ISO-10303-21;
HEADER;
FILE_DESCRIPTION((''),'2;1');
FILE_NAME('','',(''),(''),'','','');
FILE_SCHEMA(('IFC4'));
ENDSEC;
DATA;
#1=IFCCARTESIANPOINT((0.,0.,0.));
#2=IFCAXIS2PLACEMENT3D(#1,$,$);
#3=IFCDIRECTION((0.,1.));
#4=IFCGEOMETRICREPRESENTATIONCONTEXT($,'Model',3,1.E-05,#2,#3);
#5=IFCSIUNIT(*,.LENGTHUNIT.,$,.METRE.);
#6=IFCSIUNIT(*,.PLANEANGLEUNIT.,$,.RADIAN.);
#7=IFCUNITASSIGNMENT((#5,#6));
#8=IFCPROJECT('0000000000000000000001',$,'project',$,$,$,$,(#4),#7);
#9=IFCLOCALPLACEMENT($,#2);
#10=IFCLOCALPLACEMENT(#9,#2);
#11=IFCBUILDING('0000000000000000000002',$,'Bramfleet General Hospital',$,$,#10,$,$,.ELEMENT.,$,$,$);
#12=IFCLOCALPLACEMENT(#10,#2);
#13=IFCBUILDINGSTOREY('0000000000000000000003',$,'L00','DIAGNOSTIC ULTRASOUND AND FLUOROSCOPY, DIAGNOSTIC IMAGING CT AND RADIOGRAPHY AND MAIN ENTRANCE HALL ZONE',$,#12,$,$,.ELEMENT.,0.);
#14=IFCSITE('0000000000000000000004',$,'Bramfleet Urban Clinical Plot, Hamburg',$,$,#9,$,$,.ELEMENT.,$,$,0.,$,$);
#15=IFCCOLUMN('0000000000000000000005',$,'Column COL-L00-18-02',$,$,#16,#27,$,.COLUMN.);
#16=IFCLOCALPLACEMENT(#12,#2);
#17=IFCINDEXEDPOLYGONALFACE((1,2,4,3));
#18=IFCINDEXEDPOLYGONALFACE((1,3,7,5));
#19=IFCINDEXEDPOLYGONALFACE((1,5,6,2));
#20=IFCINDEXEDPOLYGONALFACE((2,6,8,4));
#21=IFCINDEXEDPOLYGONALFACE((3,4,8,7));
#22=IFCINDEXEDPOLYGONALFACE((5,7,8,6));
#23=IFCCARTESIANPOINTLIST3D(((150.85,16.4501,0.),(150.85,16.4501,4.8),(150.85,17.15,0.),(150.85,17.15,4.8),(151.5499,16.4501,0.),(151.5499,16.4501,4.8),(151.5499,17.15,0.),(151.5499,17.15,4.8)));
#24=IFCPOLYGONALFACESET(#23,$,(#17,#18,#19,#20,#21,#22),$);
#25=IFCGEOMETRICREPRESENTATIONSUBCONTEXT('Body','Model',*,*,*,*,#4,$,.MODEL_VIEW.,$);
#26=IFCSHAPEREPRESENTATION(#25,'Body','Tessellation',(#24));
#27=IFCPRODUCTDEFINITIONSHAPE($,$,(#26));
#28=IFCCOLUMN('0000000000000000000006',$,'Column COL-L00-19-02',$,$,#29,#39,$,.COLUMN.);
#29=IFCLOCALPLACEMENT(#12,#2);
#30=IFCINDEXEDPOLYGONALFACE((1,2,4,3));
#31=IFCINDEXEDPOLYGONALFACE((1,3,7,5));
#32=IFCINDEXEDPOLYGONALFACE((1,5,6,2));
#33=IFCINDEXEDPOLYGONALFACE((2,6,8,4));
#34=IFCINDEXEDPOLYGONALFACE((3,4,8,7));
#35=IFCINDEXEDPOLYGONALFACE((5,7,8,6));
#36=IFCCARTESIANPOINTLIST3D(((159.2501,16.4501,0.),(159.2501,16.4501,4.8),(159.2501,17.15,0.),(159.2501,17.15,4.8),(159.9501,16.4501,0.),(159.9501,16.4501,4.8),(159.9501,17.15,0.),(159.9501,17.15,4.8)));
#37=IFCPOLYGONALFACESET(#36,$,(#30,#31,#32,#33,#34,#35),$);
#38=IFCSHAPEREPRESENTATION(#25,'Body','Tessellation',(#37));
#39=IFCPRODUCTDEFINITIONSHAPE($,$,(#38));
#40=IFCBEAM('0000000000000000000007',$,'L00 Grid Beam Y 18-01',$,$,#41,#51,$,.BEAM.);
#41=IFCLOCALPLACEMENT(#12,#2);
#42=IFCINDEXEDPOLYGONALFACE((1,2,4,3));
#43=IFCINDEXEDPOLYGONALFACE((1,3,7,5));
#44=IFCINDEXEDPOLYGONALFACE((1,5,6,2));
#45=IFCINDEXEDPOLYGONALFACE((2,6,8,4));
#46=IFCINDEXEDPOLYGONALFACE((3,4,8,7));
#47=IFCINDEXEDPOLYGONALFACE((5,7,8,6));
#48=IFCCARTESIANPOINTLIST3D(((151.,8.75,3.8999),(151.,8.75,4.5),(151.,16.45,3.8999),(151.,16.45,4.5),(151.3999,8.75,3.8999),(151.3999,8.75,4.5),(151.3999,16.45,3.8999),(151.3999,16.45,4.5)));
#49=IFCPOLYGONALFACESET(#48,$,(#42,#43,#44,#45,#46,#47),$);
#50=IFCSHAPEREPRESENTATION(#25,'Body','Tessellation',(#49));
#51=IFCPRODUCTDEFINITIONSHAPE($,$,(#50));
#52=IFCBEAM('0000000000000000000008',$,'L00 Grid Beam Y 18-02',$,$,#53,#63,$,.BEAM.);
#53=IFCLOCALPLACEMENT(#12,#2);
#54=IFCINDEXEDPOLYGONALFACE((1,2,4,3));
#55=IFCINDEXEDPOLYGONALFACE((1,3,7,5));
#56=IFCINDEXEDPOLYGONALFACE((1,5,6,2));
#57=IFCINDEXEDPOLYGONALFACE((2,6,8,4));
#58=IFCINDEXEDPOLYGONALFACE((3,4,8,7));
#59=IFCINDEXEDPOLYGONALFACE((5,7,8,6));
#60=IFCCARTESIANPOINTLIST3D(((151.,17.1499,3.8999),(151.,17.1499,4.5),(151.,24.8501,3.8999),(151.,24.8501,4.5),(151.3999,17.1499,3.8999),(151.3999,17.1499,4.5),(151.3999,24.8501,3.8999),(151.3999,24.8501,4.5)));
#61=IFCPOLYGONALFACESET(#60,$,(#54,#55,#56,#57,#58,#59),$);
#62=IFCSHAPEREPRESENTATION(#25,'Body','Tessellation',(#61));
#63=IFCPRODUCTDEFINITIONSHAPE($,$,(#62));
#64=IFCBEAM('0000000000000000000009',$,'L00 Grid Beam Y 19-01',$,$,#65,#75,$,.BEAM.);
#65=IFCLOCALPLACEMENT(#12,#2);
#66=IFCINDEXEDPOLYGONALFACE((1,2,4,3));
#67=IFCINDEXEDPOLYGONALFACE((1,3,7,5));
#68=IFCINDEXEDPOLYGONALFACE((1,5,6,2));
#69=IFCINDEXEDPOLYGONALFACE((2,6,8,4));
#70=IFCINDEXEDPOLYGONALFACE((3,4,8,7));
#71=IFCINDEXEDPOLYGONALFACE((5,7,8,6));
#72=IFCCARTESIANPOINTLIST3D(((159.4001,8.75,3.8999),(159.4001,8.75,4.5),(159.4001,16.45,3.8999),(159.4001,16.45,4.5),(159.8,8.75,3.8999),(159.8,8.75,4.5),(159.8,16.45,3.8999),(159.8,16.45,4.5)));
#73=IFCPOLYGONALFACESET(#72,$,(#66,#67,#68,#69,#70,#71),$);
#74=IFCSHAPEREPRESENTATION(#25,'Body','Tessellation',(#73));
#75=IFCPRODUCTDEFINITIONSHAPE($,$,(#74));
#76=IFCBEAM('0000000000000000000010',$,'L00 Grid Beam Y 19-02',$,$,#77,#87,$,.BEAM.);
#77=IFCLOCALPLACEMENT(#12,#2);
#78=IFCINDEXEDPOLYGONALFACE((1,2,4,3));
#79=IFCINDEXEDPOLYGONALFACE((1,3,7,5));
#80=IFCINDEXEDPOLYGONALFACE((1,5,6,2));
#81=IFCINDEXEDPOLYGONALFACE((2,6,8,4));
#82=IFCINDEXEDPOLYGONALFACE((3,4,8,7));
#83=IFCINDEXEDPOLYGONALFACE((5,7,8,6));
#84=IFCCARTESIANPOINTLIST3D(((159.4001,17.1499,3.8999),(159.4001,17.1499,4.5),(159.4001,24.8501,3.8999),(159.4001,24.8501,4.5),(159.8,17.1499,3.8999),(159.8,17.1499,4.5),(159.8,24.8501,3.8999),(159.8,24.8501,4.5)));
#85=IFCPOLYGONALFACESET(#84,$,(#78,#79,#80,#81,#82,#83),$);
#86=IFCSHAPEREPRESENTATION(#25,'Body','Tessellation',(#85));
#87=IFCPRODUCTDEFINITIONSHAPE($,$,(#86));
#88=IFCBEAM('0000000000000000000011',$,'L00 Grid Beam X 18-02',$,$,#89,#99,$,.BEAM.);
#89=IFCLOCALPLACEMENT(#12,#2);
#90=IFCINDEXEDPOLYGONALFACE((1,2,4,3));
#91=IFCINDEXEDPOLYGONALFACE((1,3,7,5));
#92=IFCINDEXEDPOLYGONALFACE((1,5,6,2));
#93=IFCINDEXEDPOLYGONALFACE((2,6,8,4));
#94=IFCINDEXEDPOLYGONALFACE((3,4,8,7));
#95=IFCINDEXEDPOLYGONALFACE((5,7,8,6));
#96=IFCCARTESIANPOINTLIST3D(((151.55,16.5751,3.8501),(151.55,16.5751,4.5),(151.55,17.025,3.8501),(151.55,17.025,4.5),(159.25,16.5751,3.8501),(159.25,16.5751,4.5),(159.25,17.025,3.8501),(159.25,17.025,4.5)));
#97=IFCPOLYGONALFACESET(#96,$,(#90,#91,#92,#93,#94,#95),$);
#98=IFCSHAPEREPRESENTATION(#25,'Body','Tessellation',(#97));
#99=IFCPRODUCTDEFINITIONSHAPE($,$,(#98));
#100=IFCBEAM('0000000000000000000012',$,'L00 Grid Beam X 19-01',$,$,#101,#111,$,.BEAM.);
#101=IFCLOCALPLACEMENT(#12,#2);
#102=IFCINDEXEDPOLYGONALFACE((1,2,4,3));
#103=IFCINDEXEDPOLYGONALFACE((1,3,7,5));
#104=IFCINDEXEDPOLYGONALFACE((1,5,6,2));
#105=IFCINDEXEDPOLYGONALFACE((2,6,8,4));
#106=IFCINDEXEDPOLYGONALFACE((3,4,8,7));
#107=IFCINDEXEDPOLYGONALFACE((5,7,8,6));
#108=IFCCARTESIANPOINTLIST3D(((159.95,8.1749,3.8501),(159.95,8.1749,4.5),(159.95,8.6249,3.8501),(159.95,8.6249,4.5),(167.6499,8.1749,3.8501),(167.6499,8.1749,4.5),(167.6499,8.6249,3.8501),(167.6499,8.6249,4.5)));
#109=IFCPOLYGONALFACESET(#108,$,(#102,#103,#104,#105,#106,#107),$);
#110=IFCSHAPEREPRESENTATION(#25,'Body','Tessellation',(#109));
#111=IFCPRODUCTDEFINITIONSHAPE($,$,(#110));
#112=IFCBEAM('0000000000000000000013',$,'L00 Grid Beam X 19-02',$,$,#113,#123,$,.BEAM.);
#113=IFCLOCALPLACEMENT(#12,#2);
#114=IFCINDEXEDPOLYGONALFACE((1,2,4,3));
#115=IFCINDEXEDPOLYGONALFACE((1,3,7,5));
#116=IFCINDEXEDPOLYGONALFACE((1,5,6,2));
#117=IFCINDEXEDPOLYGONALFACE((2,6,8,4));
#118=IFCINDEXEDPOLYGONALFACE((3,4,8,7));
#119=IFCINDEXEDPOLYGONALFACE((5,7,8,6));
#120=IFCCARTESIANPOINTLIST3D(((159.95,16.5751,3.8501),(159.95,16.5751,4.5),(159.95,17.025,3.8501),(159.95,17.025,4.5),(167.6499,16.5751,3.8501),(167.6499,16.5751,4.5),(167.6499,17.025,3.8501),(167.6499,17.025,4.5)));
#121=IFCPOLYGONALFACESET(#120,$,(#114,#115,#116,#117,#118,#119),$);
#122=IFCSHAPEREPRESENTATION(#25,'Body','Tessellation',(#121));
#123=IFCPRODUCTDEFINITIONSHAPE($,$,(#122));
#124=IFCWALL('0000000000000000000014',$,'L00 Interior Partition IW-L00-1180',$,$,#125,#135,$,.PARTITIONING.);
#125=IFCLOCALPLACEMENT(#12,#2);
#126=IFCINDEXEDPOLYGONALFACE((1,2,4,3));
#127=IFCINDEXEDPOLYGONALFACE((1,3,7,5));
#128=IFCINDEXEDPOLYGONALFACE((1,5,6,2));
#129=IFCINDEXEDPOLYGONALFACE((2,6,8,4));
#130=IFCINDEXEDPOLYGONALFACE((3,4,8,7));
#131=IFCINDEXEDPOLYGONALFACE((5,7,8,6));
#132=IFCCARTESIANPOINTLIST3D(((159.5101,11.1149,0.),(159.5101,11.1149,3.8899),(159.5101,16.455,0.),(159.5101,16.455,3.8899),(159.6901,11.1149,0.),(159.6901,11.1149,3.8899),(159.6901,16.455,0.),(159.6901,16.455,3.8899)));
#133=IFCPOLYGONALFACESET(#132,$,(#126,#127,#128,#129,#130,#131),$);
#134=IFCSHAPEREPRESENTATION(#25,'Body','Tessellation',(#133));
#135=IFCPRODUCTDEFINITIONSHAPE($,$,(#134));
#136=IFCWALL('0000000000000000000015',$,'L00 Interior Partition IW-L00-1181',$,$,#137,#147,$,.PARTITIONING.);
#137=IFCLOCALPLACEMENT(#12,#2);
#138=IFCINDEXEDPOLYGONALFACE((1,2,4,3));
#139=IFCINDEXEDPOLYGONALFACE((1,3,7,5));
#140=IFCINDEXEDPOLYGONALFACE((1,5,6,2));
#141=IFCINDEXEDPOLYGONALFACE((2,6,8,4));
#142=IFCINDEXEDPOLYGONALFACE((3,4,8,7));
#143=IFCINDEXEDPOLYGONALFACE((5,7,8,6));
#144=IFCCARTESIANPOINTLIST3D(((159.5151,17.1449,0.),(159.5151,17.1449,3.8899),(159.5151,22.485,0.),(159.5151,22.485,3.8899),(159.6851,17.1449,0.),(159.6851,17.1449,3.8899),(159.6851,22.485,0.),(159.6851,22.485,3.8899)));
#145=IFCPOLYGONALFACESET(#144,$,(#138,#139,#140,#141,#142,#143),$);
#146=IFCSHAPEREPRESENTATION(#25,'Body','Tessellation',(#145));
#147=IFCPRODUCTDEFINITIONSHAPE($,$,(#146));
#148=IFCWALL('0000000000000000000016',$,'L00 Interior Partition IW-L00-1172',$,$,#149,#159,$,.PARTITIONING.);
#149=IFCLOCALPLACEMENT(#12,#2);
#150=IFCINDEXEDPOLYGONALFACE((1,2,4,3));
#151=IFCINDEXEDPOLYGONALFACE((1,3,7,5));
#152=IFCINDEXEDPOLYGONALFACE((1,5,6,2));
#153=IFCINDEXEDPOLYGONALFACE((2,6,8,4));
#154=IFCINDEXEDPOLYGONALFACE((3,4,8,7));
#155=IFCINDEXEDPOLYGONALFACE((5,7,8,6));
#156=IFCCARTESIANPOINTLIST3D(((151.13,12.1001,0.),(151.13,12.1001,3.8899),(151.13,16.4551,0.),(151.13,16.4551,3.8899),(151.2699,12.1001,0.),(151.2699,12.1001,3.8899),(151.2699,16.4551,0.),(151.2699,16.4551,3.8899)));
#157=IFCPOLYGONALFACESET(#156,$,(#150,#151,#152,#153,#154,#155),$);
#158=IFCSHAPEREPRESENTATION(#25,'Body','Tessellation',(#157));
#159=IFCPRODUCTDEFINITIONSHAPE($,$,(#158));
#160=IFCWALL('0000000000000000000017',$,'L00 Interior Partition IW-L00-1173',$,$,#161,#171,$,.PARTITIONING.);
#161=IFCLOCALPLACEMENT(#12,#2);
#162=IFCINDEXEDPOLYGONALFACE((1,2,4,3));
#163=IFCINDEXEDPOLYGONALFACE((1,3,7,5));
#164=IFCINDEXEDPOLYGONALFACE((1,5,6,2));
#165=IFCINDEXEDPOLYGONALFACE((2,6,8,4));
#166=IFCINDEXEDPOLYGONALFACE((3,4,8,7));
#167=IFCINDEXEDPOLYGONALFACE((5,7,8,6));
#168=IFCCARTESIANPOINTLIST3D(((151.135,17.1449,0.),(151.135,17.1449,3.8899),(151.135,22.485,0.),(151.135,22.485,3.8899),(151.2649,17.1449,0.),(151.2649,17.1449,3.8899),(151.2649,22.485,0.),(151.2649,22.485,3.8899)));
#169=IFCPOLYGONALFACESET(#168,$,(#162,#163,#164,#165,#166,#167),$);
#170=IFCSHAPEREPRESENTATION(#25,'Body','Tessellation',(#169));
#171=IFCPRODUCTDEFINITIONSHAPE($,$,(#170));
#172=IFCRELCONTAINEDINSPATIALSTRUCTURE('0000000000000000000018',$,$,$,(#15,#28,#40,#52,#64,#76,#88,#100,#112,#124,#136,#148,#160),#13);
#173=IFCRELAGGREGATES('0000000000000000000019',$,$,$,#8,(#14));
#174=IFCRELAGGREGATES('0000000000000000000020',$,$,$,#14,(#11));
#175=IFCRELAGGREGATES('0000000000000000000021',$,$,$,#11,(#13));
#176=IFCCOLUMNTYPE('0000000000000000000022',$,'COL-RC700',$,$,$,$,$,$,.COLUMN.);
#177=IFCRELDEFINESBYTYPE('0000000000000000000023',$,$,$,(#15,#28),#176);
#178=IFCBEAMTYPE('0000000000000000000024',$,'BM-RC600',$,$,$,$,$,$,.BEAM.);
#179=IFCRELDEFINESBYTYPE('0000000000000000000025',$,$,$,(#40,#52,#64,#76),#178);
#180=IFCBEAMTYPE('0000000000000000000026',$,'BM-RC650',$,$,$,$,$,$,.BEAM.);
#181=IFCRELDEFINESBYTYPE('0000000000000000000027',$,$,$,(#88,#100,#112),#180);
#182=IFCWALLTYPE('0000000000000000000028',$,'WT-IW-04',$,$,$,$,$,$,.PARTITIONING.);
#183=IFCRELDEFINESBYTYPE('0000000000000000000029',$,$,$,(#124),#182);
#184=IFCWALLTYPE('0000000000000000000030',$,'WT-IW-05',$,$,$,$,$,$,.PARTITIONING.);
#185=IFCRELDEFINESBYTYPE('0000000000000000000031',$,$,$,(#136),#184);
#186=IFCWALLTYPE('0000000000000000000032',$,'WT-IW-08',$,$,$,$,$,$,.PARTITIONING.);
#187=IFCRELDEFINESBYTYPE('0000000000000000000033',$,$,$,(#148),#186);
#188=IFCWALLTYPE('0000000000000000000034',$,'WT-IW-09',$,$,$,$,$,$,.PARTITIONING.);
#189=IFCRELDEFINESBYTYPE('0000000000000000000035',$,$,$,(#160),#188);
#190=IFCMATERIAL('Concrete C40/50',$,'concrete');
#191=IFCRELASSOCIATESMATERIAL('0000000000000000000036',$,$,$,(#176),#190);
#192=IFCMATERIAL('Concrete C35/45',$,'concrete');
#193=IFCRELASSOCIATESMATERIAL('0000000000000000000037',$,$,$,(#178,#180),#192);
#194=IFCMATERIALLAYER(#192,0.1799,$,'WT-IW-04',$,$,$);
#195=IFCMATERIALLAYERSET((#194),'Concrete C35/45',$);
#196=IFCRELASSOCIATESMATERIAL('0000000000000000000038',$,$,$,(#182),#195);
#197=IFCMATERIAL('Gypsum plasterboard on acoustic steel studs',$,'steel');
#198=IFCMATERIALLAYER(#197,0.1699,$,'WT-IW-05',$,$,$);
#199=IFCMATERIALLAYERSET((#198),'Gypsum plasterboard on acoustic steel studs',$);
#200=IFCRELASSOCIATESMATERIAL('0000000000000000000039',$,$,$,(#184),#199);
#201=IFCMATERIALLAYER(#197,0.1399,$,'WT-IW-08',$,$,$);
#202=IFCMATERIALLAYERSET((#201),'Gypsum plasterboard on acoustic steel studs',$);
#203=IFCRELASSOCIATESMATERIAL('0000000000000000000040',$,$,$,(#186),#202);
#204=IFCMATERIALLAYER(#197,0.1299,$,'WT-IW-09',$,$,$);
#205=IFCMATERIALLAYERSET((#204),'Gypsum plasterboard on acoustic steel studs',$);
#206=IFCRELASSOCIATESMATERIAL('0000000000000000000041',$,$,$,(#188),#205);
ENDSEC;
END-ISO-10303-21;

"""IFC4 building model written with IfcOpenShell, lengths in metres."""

from ifc_helpers import new_model, si_unit, direction, frame, frame_2d, origin, origin_2d, place, context, subcontext, project, spatial, rectangle, extrude, material, layer, layer_set, material_profile, profile_set, type_object, element, save


model = new_model("IFC4")

# Units and contexts
model_context = context("Model", 3, precision=1e-05, world=origin(), true_north=direction((0.0, 1.0)))
body_context = subcontext(model_context, "Body", "Model", "MODEL_VIEW")
ifc_project = project(units=[si_unit("LENGTHUNIT", "METRE"), si_unit("PLANEANGLEUNIT", "RADIAN")], contexts=[model_context])

# Site, building, storey
site_placement = place(None, origin())
site = spatial("IfcSite", under=ifc_project, at=site_placement, Name="Bramfleet Urban Clinical Plot, Hamburg", CompositionType="ELEMENT", RefElevation=0.0)
building_placement = place(site_placement, origin())
building = spatial("IfcBuilding", under=site, at=building_placement, Name="Bramfleet General Hospital", CompositionType="ELEMENT")
storey_placement = place(building_placement, origin())
storey = spatial("IfcBuildingStorey", under=building, at=storey_placement, Name="L00", Description="DIAGNOSTIC ULTRASOUND AND FLUOROSCOPY, DIAGNOSTIC IMAGING CT AND RADIOGRAPHY AND MAIN ENTRANCE HALL ZONE", CompositionType="ELEMENT", Elevation=0.0)

# Columns
ifc_material_1 = material(Name="Concrete C40/50", Category="concrete")
ifc_material_profile_1 = material_profile(ifc_material_1, rectangle(XDim=0.7, YDim=0.7, at=origin_2d()), Name="RC COL 700x700")
ifc_profile_set_1 = profile_set([ifc_material_profile_1], Name="Concrete C40/50")
column_type = type_object("IfcColumnType", Name="COL-RC700", PredefinedType="COLUMN", material=ifc_profile_set_1)
for number, where, z_axis, x_axis, name in (
    (1, (151.2, 16.8, 0.0), (0.0, 0.0, 1.0), (1.0, 0.0, 0.0), "Column COL-L00-18-02"),
    (2, (159.6001, 16.8, 0.0), (0.0, 0.0, 1.0), (1.0, 0.0, 0.0), "Column COL-L00-19-02"),
):
    element("IfcColumn", number, at=place(storey_placement, frame(where, z_axis=z_axis, x_axis=x_axis)), inside=storey, type_object=column_type, Name=name, PredefinedType="COLUMN", context=body_context, shape_type="SweptSolid", body=[
        extrude(rectangle(XDim=0.7, YDim=0.7, at=origin_2d()), origin(), (0.0, 0.0, 1.0), 4.8),
    ])

# Beams
ifc_material_2 = material(Name="Concrete C35/45", Category="concrete")
ifc_material_profile_2 = material_profile(ifc_material_2, rectangle(XDim=0.3999, YDim=0.6001, at=origin_2d()), Name="RC BM 600x400")
ifc_profile_set_2 = profile_set([ifc_material_profile_2], Name="Concrete C35/45")
beam_type_1 = type_object("IfcBeamType", Name="BM-RC600", PredefinedType="BEAM", material=ifc_profile_set_2)
beam_1_placement = place(storey_placement, frame((151.2, 8.75, 4.2), z_axis=(0.0, 1.0, 0.0), x_axis=(-1.0, 0.0, 0.0)))
element("IfcBeam", 3, at=beam_1_placement, inside=storey, type_object=beam_type_1, Name="L00 Grid Beam Y 18-01", PredefinedType="BEAM", context=body_context, shape_type="SweptSolid", body=[
    extrude(rectangle(XDim=0.3999, YDim=0.6001, at=origin_2d()), origin(), (0.0, 0.0, 1.0), 7.7),
])
beam_2_placement = place(storey_placement, frame((151.2, 17.1499, 4.2), z_axis=(0.0, 1.0, 0.0), x_axis=(-1.0, 0.0, 0.0)))
element("IfcBeam", 4, at=beam_2_placement, inside=storey, type_object=beam_type_1, Name="L00 Grid Beam Y 18-02", PredefinedType="BEAM", context=body_context, shape_type="SweptSolid", body=[
    extrude(rectangle(XDim=0.3999, YDim=0.6001, at=origin_2d()), origin(), (0.0, 0.0, 1.0), 7.7002),
])
beam_3_placement = place(storey_placement, frame((159.6001, 8.75, 4.2), z_axis=(0.0, 1.0, 0.0), x_axis=(-1.0, 0.0, 0.0)))
element("IfcBeam", 5, at=beam_3_placement, inside=storey, type_object=beam_type_1, Name="L00 Grid Beam Y 19-01", PredefinedType="BEAM", context=body_context, shape_type="SweptSolid", body=[
    extrude(rectangle(XDim=0.3999, YDim=0.6001, at=origin_2d()), origin(), (0.0, 0.0, 1.0), 7.7),
])
beam_4_placement = place(storey_placement, frame((159.6001, 17.1499, 4.2), z_axis=(0.0, 1.0, 0.0), x_axis=(-1.0, 0.0, 0.0)))
element("IfcBeam", 6, at=beam_4_placement, inside=storey, type_object=beam_type_1, Name="L00 Grid Beam Y 19-02", PredefinedType="BEAM", context=body_context, shape_type="SweptSolid", body=[
    extrude(rectangle(XDim=0.3999, YDim=0.6001, at=origin_2d()), origin(), (0.0, 0.0, 1.0), 7.7002),
])
ifc_material_profile_3 = material_profile(ifc_material_2, rectangle(XDim=0.45, YDim=0.6499, at=origin_2d()), Name="RC BM 650x450")
ifc_profile_set_3 = profile_set([ifc_material_profile_3], Name="Concrete C35/45")
beam_type_2 = type_object("IfcBeamType", Name="BM-RC650", PredefinedType="BEAM", material=ifc_profile_set_3)
for number, where, z_axis, x_axis, name in (
    (7, (151.55, 16.8, 4.175), (1.0, 0.0, 0.0), (0.0, 1.0, 0.0), "L00 Grid Beam X 18-02"),
    (8, (159.95, 8.3999, 4.175), (1.0, 0.0, 0.0), (0.0, 1.0, 0.0), "L00 Grid Beam X 19-01"),
    (9, (159.95, 16.8, 4.175), (1.0, 0.0, 0.0), (0.0, 1.0, 0.0), "L00 Grid Beam X 19-02"),
):
    element("IfcBeam", number, at=place(storey_placement, frame(where, z_axis=z_axis, x_axis=x_axis)), inside=storey, type_object=beam_type_2, Name=name, PredefinedType="BEAM", context=body_context, shape_type="SweptSolid", body=[
        extrude(rectangle(XDim=0.45, YDim=0.6499, at=origin_2d()), origin(), (0.0, 0.0, 1.0), 7.7),
    ])

# Walls
ifc_layer_1 = layer(ifc_material_2, 0.1799, Name="WT-IW-04")
ifc_layer_set_1 = layer_set([ifc_layer_1], Name="Concrete C35/45")
wall_type_1 = type_object("IfcWallType", Name="WT-IW-04", PredefinedType="PARTITIONING", material=ifc_layer_set_1)
wall_1_placement = place(storey_placement, frame((159.6001, 11.115, 0.0), z_axis=(0.0, 0.0, 1.0), x_axis=(0.0, 1.0, 0.0)))
element("IfcWall", 10, at=wall_1_placement, inside=storey, type_object=wall_type_1, Name="L00 Interior Partition IW-L00-1180", PredefinedType="PARTITIONING", context=body_context, shape_type="SweptSolid", body=[
    extrude(rectangle(XDim=5.3401, YDim=0.1799, at=frame_2d((2.6699, 0.0))), origin(), (0.0, 0.0, 1.0), 3.8899),
])
ifc_material_3 = material(Name="Gypsum plasterboard on acoustic steel studs", Category="steel")
ifc_layer_2 = layer(ifc_material_3, 0.1699, Name="WT-IW-05")
ifc_layer_set_2 = layer_set([ifc_layer_2], Name="Gypsum plasterboard on acoustic steel studs")
wall_type_2 = type_object("IfcWallType", Name="WT-IW-05", PredefinedType="PARTITIONING", material=ifc_layer_set_2)
wall_2_placement = place(storey_placement, frame((159.6001, 17.145, 0.0), z_axis=(0.0, 0.0, 1.0), x_axis=(0.0, 1.0, 0.0)))
element("IfcWall", 11, at=wall_2_placement, inside=storey, type_object=wall_type_2, Name="L00 Interior Partition IW-L00-1181", PredefinedType="PARTITIONING", context=body_context, shape_type="SweptSolid", body=[
    extrude(rectangle(XDim=5.3401, YDim=0.1699, at=frame_2d((2.6699, 0.0))), origin(), (0.0, 0.0, 1.0), 3.8899),
])
ifc_layer_3 = layer(ifc_material_3, 0.1399, Name="WT-IW-08")
ifc_layer_set_3 = layer_set([ifc_layer_3], Name="Gypsum plasterboard on acoustic steel studs")
wall_type_3 = type_object("IfcWallType", Name="WT-IW-08", PredefinedType="PARTITIONING", material=ifc_layer_set_3)
wall_3_placement = place(storey_placement, frame((151.2, 12.1001, 0.0), z_axis=(0.0, 0.0, 1.0), x_axis=(0.0, 1.0, 0.0)))
element("IfcWall", 12, at=wall_3_placement, inside=storey, type_object=wall_type_3, Name="L00 Interior Partition IW-L00-1172", PredefinedType="PARTITIONING", context=body_context, shape_type="SweptSolid", body=[
    extrude(rectangle(XDim=4.355, YDim=0.1399, at=frame_2d((2.1775, 0.0))), origin(), (0.0, 0.0, 1.0), 3.8899),
])
ifc_layer_4 = layer(ifc_material_3, 0.1299, Name="WT-IW-09")
ifc_layer_set_4 = layer_set([ifc_layer_4], Name="Gypsum plasterboard on acoustic steel studs")
wall_type_4 = type_object("IfcWallType", Name="WT-IW-09", PredefinedType="PARTITIONING", material=ifc_layer_set_4)
wall_4_placement = place(storey_placement, frame((151.2, 17.145, 0.0), z_axis=(0.0, 0.0, 1.0), x_axis=(0.0, 1.0, 0.0)))
element("IfcWall", 13, at=wall_4_placement, inside=storey, type_object=wall_type_4, Name="L00 Interior Partition IW-L00-1173", PredefinedType="PARTITIONING", context=body_context, shape_type="SweptSolid", body=[
    extrude(rectangle(XDim=5.3401, YDim=0.1299, at=frame_2d((2.6699, 0.0))), origin(), (0.0, 0.0, 1.0), 3.8899),
])

save(model, "model.ifc")
